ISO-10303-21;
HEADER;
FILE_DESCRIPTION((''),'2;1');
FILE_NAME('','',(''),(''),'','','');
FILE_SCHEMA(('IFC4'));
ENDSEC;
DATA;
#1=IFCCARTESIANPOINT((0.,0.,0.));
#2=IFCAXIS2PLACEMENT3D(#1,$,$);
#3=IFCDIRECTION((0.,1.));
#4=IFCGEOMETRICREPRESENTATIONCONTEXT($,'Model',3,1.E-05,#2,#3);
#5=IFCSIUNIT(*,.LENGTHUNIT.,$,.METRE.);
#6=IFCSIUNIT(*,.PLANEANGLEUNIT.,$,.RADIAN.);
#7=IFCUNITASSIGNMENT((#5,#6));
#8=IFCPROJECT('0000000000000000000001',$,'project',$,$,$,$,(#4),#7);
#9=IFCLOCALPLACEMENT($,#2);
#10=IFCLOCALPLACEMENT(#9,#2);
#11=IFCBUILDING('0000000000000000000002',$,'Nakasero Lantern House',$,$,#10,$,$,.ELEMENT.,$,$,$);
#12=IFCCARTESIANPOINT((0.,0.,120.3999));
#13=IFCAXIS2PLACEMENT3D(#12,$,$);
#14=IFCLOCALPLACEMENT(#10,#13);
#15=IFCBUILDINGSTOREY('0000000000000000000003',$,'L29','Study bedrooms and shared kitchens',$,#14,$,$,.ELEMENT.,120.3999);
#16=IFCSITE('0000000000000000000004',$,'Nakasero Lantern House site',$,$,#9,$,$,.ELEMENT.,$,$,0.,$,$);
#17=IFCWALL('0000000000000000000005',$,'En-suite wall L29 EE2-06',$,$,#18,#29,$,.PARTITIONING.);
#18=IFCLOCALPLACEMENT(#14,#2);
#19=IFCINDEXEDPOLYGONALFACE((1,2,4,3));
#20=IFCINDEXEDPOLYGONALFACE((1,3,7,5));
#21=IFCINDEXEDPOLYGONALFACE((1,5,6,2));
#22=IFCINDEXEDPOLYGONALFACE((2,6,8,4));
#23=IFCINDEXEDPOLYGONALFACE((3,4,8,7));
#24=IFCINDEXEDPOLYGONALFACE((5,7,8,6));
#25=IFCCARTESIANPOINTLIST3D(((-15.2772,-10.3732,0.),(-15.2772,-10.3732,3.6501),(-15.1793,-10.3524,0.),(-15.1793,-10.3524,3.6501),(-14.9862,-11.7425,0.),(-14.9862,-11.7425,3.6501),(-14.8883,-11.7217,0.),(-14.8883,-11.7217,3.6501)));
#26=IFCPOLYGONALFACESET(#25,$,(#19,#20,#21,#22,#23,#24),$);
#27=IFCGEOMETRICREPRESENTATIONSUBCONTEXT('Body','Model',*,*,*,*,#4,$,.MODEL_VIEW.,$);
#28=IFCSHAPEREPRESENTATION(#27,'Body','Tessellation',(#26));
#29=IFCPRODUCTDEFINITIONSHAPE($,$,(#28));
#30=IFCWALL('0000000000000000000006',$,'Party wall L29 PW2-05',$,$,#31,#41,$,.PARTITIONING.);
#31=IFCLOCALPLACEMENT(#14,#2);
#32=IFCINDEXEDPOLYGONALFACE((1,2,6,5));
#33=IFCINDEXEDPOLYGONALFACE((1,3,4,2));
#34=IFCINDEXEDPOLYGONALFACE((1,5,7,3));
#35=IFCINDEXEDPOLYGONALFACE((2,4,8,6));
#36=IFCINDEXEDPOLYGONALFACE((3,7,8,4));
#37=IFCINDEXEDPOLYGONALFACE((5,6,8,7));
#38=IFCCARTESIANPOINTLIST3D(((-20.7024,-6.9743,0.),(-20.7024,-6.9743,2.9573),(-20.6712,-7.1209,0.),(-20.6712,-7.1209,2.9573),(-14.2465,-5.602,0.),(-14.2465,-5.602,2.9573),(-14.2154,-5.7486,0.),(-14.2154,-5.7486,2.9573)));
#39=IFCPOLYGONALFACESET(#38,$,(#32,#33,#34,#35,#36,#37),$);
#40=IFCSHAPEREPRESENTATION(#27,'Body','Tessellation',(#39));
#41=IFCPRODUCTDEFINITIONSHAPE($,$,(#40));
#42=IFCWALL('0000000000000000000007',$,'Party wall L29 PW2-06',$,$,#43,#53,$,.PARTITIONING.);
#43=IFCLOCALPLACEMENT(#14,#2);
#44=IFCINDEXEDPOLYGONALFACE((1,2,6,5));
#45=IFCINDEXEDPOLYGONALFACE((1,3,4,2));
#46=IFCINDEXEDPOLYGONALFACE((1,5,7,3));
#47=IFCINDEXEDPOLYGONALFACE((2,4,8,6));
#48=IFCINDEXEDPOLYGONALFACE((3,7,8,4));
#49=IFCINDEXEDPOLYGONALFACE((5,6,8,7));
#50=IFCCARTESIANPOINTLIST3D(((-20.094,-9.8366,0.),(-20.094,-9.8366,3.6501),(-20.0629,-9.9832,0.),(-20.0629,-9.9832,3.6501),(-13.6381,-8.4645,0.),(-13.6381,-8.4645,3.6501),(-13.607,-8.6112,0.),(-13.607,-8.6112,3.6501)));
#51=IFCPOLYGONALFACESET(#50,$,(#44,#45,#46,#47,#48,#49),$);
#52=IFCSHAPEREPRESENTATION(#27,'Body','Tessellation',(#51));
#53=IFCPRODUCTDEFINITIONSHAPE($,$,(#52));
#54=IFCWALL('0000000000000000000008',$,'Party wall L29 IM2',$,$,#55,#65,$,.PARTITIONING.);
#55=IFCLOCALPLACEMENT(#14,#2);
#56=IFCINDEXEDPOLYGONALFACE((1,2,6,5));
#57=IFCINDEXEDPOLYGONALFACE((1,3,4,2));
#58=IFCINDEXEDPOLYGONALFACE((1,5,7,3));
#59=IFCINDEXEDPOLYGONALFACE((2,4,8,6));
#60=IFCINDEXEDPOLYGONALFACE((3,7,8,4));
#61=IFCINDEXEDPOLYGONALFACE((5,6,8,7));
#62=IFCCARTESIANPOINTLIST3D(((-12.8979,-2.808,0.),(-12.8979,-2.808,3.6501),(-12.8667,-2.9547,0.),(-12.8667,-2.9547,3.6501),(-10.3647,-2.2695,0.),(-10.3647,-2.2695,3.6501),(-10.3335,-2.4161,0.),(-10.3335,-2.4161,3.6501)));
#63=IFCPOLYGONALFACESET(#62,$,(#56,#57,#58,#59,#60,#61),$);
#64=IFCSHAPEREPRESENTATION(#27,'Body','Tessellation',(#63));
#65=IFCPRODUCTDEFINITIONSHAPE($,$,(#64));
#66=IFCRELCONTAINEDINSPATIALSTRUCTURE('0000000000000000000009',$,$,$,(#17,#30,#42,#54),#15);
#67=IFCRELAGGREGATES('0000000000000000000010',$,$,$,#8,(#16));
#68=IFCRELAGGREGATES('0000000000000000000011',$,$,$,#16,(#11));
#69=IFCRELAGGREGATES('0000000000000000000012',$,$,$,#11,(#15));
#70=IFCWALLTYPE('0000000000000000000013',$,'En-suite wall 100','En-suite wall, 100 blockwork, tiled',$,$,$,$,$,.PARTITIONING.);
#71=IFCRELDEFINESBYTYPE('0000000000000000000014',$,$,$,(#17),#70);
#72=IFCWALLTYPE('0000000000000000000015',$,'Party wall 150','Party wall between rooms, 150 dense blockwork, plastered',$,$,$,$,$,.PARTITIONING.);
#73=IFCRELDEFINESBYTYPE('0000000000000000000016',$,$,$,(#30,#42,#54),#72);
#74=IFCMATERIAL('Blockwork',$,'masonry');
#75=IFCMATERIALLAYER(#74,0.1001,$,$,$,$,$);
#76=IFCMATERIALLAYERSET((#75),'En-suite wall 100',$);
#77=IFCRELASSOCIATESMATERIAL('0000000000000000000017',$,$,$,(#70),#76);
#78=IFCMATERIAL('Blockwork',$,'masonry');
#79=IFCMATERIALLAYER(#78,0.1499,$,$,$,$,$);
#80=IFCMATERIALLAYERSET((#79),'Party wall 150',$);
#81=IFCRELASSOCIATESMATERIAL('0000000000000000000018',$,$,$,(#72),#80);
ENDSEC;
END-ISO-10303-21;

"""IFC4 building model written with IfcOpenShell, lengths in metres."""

from ifc_helpers import new_model, si_unit, direction, frame, frame_2d, origin, place, context, subcontext, project, spatial, rectangle, extrude, material, layer, layer_set, type_object, element, save


model = new_model("IFC4")

# Units and contexts
model_context = context("Model", 3, precision=1e-05, world=origin(), true_north=direction((0.0, 1.0)))
body_context = subcontext(model_context, "Body", "Model", "MODEL_VIEW")
ifc_project = project(units=[si_unit("LENGTHUNIT", "METRE"), si_unit("PLANEANGLEUNIT", "RADIAN")], contexts=[model_context])

# Site, building, storey
site_placement = place(None, origin())
site = spatial("IfcSite", under=ifc_project, at=site_placement, Name="Nakasero Lantern House site", CompositionType="ELEMENT", RefElevation=0.0)
building_placement = place(site_placement, origin())
building = spatial("IfcBuilding", under=site, at=building_placement, Name="Nakasero Lantern House", CompositionType="ELEMENT")
storey_placement = place(building_placement, frame((0.0, 0.0, 120.3999)))
storey = spatial("IfcBuildingStorey", under=building, at=storey_placement, Name="L29", Description="Study bedrooms and shared kitchens", CompositionType="ELEMENT", Elevation=120.3999)

# Shared definitions
ifc_material_1 = material(Name="Blockwork", Category="masonry")
ifc_layer_1 = layer(ifc_material_1, 0.1001)
ifc_layer_set_1 = layer_set([ifc_layer_1], Name="En-suite wall 100")
wall_type_1 = type_object("IfcWallType", Name="En-suite wall 100", Description="En-suite wall, 100 blockwork, tiled", PredefinedType="PARTITIONING", material=ifc_layer_set_1)

# Walls
wall_1_placement = place(storey_placement, frame((-15.2283, -10.3628, 0.0), z_axis=(0.0, 0.0, 1.0), x_axis=(0.207873, -0.978156, 0.0)))
element("IfcWall", 1, at=wall_1_placement, inside=storey, type_object=wall_type_1, Name="En-suite wall L29 EE2-06", PredefinedType="PARTITIONING", context=body_context, shape_type="SweptSolid", body=[
    extrude(rectangle(XDim=1.3999, YDim=0.1001, at=frame_2d((0.7, 0.0))), origin(), (0.0, 0.0, 1.0), 3.6501),
])
ifc_material_2 = material(Name="Blockwork", Category="masonry")
ifc_layer_2 = layer(ifc_material_2, 0.1499)
ifc_layer_set_2 = layer_set([ifc_layer_2], Name="Party wall 150")
wall_type_2 = type_object("IfcWallType", Name="Party wall 150", Description="Party wall between rooms, 150 dense blockwork, plastered", PredefinedType="PARTITIONING", material=ifc_layer_set_2)
wall_2_placement = place(storey_placement, frame((-14.231, -5.6753, 0.0), z_axis=(0.0, 0.0, 1.0), x_axis=(-0.978145, -0.207925, 0.0)))
element("IfcWall", 2, at=wall_2_placement, inside=storey, type_object=wall_type_2, Name="Party wall L29 PW2-05", PredefinedType="PARTITIONING", context=body_context, shape_type="SweptSolid", body=[
    extrude(rectangle(XDim=6.6001, YDim=0.1499, at=frame_2d((3.3, 0.0))), origin(), (0.0, 0.0, 1.0), 2.9573),
])
wall_3_placement = place(storey_placement, frame((-13.6226, -8.5378, 0.0), z_axis=(0.0, 0.0, 1.0), x_axis=(-0.978152, -0.207889, 0.0)))
element("IfcWall", 3, at=wall_3_placement, inside=storey, type_object=wall_type_2, Name="Party wall L29 PW2-06", PredefinedType="PARTITIONING", context=body_context, shape_type="SweptSolid", body=[
    extrude(rectangle(XDim=6.6001, YDim=0.1499, at=frame_2d((3.3, 0.0))), origin(), (0.0, 0.0, 1.0), 3.6501),
])
wall_4_placement = place(storey_placement, frame((-12.8823, -2.8813, 0.0), z_axis=(0.0, 0.0, 1.0), x_axis=(0.978138, 0.207958, 0.0)))
element("IfcWall", 4, at=wall_4_placement, inside=storey, type_object=wall_type_2, Name="Party wall L29 IM2", PredefinedType="PARTITIONING", context=body_context, shape_type="SweptSolid", body=[
    extrude(rectangle(XDim=2.5898, YDim=0.1499, at=frame_2d((1.2949, 0.0))), origin(), (0.0, 0.0, 1.0), 3.6501),
])

save(model, "model.ifc")
